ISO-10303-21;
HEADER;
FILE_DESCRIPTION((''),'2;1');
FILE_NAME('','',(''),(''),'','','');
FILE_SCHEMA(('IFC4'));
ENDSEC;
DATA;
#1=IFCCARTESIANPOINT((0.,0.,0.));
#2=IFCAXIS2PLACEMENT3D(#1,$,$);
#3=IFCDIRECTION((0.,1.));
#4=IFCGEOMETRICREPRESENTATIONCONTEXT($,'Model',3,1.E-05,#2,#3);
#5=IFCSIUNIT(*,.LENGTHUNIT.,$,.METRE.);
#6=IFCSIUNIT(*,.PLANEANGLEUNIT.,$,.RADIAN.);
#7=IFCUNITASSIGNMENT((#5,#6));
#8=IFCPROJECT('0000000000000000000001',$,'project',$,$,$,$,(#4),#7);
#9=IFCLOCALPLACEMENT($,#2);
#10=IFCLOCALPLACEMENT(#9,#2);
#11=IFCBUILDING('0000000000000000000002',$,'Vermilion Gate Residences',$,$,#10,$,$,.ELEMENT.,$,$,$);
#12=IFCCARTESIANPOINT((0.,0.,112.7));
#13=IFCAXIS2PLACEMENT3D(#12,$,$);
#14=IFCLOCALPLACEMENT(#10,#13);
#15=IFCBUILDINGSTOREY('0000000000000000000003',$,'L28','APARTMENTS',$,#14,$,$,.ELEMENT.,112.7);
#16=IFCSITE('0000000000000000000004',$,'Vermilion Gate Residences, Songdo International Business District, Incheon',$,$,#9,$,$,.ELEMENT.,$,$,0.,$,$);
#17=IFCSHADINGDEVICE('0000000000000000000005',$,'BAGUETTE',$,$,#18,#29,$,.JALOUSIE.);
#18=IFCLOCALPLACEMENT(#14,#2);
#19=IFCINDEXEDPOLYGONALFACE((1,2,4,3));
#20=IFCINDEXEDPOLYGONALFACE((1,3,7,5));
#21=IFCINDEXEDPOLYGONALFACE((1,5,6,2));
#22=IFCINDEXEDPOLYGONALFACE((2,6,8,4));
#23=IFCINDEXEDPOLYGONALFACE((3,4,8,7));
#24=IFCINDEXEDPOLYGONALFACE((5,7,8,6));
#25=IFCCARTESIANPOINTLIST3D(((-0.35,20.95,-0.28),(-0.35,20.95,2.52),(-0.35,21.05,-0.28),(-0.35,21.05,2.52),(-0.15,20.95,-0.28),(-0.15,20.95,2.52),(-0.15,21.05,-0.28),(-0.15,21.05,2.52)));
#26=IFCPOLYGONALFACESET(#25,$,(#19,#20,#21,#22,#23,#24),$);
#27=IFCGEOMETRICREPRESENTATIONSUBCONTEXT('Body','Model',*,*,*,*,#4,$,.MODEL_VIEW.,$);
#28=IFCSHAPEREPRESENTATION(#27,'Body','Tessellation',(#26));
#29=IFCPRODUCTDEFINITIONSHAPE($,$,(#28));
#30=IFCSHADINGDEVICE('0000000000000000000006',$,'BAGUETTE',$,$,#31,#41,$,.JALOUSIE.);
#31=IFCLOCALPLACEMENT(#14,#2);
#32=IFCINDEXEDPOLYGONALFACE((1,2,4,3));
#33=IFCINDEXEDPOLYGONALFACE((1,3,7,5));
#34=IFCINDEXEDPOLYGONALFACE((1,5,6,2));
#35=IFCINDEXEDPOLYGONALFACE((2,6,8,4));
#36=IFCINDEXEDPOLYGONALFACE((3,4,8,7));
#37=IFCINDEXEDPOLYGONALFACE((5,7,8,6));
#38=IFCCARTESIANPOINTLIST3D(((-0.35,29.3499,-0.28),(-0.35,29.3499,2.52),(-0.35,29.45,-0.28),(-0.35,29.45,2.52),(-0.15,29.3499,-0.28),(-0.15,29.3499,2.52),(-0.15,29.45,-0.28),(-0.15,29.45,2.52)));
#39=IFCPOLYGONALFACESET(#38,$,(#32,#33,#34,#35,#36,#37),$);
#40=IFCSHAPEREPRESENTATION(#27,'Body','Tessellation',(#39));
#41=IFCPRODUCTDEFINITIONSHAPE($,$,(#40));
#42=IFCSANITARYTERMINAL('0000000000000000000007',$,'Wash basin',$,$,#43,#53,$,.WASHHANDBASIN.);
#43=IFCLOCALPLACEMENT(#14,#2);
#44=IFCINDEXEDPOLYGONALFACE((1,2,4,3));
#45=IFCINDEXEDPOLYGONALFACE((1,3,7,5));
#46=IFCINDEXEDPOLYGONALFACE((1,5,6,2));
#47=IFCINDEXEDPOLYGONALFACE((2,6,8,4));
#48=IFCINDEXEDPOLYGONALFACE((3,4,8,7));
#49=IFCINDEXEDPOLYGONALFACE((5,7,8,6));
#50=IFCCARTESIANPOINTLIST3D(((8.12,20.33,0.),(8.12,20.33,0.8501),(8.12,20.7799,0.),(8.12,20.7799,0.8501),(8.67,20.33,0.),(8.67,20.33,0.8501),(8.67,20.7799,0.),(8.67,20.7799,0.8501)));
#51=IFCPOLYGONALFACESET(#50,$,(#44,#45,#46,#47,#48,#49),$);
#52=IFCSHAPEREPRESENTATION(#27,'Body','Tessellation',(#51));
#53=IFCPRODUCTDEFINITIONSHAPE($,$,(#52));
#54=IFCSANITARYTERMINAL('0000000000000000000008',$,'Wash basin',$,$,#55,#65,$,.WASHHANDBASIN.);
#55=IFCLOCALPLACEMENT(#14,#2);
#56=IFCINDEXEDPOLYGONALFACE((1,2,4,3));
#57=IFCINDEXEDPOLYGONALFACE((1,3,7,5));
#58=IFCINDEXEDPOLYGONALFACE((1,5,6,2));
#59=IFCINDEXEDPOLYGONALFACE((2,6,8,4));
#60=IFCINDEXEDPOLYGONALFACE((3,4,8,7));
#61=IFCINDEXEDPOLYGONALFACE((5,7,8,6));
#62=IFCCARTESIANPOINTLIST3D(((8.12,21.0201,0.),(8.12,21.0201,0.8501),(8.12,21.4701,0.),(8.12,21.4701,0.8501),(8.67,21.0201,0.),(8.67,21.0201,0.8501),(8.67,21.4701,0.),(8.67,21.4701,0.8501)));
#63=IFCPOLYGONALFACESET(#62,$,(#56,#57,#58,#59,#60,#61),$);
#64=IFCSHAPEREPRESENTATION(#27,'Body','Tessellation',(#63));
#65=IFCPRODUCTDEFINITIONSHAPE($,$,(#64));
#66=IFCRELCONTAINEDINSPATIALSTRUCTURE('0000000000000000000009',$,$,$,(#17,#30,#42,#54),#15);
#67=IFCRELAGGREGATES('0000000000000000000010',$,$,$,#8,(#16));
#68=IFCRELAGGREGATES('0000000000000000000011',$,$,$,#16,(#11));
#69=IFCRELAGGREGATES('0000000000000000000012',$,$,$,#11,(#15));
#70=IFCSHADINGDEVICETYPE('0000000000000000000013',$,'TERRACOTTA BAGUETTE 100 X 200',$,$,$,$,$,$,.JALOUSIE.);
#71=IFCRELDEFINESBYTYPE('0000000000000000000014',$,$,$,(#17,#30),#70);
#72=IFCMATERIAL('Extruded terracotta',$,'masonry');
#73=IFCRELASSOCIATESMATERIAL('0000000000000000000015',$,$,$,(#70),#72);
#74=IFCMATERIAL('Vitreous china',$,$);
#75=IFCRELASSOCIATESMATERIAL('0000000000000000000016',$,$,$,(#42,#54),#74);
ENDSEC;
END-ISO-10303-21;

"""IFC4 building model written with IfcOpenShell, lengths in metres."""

from ifc_helpers import new_model, si_unit, direction, frame, origin, origin_2d, place, context, subcontext, project, spatial, rectangle, extrude, material, material_profile, profile_set, type_object, element, save


model = new_model("IFC4")

# Units and contexts
model_context = context("Model", 3, precision=1e-05, world=origin(), true_north=direction((0.0, 1.0)))
body_context = subcontext(model_context, "Body", "Model", "MODEL_VIEW")
ifc_project = project(units=[si_unit("LENGTHUNIT", "METRE"), si_unit("PLANEANGLEUNIT", "RADIAN")], contexts=[model_context])

# Site, building, storey
site_placement = place(None, origin())
site = spatial("IfcSite", under=ifc_project, at=site_placement, Name="Vermilion Gate Residences, Songdo International Business District, Incheon", CompositionType="ELEMENT", RefElevation=0.0)
building_placement = place(site_placement, origin())
building = spatial("IfcBuilding", under=site, at=building_placement, Name="Vermilion Gate Residences", CompositionType="ELEMENT")
storey_placement = place(building_placement, frame((0.0, 0.0, 112.7)))
storey = spatial("IfcBuildingStorey", under=building, at=storey_placement, Name="L28", Description="APARTMENTS", CompositionType="ELEMENT", Elevation=112.7)

# Shading devices
ifc_material_1 = material(Name="Extruded terracotta", Category="masonry")
ifc_material_profile_1 = material_profile(ifc_material_1, rectangle(XDim=0.2, YDim=0.1001, at=origin_2d()), Name="BAGUETTE 100 X 200")
ifc_profile_set_1 = profile_set([ifc_material_profile_1], Name="Extruded terracotta")
shading_device_type_1 = type_object("IfcShadingDeviceType", Name="TERRACOTTA BAGUETTE 100 X 200", PredefinedType="JALOUSIE", material=ifc_profile_set_1)
for number, where, z_axis, x_axis, name in (
    (1, (-0.25, 21.0, -0.28), (0.0, 0.0, 1.0), (1.0, 0.0, 0.0), "BAGUETTE"),
    (2, (-0.25, 29.3999, -0.28), (0.0, 0.0, 1.0), (1.0, 0.0, 0.0), "BAGUETTE"),
):
    element("IfcShadingDevice", number, at=place(storey_placement, frame(where, z_axis=z_axis, x_axis=x_axis)), inside=storey, type_object=shading_device_type_1, Name=name, PredefinedType="JALOUSIE", context=body_context, shape_type="SweptSolid", body=[
        extrude(rectangle(XDim=0.2, YDim=0.1001, at=origin_2d()), origin(), (0.0, 0.0, 1.0), 2.8),
    ])

# Sanitary terminals
ifc_material_2 = material(Name="Vitreous china")
for number, where, z_axis, x_axis, name in (
    (3, (8.395, 20.5549, 0.0), (0.0, 0.0, 1.0), (1.0, 0.0, 0.0), "Wash basin"),
    (4, (8.395, 21.2451, 0.0), (0.0, 0.0, 1.0), (1.0, 0.0, 0.0), "Wash basin"),
):
    element("IfcSanitaryTerminal", number, at=place(storey_placement, frame(where, z_axis=z_axis, x_axis=x_axis)), inside=storey, material=ifc_material_2, Name=name, PredefinedType="WASHHANDBASIN", context=body_context, shape_type="SweptSolid", body=[
        extrude(rectangle(XDim=0.55, YDim=0.45, at=origin_2d()), origin(), (0.0, 0.0, 1.0), 0.8501),
    ])

save(model, "model.ifc")
